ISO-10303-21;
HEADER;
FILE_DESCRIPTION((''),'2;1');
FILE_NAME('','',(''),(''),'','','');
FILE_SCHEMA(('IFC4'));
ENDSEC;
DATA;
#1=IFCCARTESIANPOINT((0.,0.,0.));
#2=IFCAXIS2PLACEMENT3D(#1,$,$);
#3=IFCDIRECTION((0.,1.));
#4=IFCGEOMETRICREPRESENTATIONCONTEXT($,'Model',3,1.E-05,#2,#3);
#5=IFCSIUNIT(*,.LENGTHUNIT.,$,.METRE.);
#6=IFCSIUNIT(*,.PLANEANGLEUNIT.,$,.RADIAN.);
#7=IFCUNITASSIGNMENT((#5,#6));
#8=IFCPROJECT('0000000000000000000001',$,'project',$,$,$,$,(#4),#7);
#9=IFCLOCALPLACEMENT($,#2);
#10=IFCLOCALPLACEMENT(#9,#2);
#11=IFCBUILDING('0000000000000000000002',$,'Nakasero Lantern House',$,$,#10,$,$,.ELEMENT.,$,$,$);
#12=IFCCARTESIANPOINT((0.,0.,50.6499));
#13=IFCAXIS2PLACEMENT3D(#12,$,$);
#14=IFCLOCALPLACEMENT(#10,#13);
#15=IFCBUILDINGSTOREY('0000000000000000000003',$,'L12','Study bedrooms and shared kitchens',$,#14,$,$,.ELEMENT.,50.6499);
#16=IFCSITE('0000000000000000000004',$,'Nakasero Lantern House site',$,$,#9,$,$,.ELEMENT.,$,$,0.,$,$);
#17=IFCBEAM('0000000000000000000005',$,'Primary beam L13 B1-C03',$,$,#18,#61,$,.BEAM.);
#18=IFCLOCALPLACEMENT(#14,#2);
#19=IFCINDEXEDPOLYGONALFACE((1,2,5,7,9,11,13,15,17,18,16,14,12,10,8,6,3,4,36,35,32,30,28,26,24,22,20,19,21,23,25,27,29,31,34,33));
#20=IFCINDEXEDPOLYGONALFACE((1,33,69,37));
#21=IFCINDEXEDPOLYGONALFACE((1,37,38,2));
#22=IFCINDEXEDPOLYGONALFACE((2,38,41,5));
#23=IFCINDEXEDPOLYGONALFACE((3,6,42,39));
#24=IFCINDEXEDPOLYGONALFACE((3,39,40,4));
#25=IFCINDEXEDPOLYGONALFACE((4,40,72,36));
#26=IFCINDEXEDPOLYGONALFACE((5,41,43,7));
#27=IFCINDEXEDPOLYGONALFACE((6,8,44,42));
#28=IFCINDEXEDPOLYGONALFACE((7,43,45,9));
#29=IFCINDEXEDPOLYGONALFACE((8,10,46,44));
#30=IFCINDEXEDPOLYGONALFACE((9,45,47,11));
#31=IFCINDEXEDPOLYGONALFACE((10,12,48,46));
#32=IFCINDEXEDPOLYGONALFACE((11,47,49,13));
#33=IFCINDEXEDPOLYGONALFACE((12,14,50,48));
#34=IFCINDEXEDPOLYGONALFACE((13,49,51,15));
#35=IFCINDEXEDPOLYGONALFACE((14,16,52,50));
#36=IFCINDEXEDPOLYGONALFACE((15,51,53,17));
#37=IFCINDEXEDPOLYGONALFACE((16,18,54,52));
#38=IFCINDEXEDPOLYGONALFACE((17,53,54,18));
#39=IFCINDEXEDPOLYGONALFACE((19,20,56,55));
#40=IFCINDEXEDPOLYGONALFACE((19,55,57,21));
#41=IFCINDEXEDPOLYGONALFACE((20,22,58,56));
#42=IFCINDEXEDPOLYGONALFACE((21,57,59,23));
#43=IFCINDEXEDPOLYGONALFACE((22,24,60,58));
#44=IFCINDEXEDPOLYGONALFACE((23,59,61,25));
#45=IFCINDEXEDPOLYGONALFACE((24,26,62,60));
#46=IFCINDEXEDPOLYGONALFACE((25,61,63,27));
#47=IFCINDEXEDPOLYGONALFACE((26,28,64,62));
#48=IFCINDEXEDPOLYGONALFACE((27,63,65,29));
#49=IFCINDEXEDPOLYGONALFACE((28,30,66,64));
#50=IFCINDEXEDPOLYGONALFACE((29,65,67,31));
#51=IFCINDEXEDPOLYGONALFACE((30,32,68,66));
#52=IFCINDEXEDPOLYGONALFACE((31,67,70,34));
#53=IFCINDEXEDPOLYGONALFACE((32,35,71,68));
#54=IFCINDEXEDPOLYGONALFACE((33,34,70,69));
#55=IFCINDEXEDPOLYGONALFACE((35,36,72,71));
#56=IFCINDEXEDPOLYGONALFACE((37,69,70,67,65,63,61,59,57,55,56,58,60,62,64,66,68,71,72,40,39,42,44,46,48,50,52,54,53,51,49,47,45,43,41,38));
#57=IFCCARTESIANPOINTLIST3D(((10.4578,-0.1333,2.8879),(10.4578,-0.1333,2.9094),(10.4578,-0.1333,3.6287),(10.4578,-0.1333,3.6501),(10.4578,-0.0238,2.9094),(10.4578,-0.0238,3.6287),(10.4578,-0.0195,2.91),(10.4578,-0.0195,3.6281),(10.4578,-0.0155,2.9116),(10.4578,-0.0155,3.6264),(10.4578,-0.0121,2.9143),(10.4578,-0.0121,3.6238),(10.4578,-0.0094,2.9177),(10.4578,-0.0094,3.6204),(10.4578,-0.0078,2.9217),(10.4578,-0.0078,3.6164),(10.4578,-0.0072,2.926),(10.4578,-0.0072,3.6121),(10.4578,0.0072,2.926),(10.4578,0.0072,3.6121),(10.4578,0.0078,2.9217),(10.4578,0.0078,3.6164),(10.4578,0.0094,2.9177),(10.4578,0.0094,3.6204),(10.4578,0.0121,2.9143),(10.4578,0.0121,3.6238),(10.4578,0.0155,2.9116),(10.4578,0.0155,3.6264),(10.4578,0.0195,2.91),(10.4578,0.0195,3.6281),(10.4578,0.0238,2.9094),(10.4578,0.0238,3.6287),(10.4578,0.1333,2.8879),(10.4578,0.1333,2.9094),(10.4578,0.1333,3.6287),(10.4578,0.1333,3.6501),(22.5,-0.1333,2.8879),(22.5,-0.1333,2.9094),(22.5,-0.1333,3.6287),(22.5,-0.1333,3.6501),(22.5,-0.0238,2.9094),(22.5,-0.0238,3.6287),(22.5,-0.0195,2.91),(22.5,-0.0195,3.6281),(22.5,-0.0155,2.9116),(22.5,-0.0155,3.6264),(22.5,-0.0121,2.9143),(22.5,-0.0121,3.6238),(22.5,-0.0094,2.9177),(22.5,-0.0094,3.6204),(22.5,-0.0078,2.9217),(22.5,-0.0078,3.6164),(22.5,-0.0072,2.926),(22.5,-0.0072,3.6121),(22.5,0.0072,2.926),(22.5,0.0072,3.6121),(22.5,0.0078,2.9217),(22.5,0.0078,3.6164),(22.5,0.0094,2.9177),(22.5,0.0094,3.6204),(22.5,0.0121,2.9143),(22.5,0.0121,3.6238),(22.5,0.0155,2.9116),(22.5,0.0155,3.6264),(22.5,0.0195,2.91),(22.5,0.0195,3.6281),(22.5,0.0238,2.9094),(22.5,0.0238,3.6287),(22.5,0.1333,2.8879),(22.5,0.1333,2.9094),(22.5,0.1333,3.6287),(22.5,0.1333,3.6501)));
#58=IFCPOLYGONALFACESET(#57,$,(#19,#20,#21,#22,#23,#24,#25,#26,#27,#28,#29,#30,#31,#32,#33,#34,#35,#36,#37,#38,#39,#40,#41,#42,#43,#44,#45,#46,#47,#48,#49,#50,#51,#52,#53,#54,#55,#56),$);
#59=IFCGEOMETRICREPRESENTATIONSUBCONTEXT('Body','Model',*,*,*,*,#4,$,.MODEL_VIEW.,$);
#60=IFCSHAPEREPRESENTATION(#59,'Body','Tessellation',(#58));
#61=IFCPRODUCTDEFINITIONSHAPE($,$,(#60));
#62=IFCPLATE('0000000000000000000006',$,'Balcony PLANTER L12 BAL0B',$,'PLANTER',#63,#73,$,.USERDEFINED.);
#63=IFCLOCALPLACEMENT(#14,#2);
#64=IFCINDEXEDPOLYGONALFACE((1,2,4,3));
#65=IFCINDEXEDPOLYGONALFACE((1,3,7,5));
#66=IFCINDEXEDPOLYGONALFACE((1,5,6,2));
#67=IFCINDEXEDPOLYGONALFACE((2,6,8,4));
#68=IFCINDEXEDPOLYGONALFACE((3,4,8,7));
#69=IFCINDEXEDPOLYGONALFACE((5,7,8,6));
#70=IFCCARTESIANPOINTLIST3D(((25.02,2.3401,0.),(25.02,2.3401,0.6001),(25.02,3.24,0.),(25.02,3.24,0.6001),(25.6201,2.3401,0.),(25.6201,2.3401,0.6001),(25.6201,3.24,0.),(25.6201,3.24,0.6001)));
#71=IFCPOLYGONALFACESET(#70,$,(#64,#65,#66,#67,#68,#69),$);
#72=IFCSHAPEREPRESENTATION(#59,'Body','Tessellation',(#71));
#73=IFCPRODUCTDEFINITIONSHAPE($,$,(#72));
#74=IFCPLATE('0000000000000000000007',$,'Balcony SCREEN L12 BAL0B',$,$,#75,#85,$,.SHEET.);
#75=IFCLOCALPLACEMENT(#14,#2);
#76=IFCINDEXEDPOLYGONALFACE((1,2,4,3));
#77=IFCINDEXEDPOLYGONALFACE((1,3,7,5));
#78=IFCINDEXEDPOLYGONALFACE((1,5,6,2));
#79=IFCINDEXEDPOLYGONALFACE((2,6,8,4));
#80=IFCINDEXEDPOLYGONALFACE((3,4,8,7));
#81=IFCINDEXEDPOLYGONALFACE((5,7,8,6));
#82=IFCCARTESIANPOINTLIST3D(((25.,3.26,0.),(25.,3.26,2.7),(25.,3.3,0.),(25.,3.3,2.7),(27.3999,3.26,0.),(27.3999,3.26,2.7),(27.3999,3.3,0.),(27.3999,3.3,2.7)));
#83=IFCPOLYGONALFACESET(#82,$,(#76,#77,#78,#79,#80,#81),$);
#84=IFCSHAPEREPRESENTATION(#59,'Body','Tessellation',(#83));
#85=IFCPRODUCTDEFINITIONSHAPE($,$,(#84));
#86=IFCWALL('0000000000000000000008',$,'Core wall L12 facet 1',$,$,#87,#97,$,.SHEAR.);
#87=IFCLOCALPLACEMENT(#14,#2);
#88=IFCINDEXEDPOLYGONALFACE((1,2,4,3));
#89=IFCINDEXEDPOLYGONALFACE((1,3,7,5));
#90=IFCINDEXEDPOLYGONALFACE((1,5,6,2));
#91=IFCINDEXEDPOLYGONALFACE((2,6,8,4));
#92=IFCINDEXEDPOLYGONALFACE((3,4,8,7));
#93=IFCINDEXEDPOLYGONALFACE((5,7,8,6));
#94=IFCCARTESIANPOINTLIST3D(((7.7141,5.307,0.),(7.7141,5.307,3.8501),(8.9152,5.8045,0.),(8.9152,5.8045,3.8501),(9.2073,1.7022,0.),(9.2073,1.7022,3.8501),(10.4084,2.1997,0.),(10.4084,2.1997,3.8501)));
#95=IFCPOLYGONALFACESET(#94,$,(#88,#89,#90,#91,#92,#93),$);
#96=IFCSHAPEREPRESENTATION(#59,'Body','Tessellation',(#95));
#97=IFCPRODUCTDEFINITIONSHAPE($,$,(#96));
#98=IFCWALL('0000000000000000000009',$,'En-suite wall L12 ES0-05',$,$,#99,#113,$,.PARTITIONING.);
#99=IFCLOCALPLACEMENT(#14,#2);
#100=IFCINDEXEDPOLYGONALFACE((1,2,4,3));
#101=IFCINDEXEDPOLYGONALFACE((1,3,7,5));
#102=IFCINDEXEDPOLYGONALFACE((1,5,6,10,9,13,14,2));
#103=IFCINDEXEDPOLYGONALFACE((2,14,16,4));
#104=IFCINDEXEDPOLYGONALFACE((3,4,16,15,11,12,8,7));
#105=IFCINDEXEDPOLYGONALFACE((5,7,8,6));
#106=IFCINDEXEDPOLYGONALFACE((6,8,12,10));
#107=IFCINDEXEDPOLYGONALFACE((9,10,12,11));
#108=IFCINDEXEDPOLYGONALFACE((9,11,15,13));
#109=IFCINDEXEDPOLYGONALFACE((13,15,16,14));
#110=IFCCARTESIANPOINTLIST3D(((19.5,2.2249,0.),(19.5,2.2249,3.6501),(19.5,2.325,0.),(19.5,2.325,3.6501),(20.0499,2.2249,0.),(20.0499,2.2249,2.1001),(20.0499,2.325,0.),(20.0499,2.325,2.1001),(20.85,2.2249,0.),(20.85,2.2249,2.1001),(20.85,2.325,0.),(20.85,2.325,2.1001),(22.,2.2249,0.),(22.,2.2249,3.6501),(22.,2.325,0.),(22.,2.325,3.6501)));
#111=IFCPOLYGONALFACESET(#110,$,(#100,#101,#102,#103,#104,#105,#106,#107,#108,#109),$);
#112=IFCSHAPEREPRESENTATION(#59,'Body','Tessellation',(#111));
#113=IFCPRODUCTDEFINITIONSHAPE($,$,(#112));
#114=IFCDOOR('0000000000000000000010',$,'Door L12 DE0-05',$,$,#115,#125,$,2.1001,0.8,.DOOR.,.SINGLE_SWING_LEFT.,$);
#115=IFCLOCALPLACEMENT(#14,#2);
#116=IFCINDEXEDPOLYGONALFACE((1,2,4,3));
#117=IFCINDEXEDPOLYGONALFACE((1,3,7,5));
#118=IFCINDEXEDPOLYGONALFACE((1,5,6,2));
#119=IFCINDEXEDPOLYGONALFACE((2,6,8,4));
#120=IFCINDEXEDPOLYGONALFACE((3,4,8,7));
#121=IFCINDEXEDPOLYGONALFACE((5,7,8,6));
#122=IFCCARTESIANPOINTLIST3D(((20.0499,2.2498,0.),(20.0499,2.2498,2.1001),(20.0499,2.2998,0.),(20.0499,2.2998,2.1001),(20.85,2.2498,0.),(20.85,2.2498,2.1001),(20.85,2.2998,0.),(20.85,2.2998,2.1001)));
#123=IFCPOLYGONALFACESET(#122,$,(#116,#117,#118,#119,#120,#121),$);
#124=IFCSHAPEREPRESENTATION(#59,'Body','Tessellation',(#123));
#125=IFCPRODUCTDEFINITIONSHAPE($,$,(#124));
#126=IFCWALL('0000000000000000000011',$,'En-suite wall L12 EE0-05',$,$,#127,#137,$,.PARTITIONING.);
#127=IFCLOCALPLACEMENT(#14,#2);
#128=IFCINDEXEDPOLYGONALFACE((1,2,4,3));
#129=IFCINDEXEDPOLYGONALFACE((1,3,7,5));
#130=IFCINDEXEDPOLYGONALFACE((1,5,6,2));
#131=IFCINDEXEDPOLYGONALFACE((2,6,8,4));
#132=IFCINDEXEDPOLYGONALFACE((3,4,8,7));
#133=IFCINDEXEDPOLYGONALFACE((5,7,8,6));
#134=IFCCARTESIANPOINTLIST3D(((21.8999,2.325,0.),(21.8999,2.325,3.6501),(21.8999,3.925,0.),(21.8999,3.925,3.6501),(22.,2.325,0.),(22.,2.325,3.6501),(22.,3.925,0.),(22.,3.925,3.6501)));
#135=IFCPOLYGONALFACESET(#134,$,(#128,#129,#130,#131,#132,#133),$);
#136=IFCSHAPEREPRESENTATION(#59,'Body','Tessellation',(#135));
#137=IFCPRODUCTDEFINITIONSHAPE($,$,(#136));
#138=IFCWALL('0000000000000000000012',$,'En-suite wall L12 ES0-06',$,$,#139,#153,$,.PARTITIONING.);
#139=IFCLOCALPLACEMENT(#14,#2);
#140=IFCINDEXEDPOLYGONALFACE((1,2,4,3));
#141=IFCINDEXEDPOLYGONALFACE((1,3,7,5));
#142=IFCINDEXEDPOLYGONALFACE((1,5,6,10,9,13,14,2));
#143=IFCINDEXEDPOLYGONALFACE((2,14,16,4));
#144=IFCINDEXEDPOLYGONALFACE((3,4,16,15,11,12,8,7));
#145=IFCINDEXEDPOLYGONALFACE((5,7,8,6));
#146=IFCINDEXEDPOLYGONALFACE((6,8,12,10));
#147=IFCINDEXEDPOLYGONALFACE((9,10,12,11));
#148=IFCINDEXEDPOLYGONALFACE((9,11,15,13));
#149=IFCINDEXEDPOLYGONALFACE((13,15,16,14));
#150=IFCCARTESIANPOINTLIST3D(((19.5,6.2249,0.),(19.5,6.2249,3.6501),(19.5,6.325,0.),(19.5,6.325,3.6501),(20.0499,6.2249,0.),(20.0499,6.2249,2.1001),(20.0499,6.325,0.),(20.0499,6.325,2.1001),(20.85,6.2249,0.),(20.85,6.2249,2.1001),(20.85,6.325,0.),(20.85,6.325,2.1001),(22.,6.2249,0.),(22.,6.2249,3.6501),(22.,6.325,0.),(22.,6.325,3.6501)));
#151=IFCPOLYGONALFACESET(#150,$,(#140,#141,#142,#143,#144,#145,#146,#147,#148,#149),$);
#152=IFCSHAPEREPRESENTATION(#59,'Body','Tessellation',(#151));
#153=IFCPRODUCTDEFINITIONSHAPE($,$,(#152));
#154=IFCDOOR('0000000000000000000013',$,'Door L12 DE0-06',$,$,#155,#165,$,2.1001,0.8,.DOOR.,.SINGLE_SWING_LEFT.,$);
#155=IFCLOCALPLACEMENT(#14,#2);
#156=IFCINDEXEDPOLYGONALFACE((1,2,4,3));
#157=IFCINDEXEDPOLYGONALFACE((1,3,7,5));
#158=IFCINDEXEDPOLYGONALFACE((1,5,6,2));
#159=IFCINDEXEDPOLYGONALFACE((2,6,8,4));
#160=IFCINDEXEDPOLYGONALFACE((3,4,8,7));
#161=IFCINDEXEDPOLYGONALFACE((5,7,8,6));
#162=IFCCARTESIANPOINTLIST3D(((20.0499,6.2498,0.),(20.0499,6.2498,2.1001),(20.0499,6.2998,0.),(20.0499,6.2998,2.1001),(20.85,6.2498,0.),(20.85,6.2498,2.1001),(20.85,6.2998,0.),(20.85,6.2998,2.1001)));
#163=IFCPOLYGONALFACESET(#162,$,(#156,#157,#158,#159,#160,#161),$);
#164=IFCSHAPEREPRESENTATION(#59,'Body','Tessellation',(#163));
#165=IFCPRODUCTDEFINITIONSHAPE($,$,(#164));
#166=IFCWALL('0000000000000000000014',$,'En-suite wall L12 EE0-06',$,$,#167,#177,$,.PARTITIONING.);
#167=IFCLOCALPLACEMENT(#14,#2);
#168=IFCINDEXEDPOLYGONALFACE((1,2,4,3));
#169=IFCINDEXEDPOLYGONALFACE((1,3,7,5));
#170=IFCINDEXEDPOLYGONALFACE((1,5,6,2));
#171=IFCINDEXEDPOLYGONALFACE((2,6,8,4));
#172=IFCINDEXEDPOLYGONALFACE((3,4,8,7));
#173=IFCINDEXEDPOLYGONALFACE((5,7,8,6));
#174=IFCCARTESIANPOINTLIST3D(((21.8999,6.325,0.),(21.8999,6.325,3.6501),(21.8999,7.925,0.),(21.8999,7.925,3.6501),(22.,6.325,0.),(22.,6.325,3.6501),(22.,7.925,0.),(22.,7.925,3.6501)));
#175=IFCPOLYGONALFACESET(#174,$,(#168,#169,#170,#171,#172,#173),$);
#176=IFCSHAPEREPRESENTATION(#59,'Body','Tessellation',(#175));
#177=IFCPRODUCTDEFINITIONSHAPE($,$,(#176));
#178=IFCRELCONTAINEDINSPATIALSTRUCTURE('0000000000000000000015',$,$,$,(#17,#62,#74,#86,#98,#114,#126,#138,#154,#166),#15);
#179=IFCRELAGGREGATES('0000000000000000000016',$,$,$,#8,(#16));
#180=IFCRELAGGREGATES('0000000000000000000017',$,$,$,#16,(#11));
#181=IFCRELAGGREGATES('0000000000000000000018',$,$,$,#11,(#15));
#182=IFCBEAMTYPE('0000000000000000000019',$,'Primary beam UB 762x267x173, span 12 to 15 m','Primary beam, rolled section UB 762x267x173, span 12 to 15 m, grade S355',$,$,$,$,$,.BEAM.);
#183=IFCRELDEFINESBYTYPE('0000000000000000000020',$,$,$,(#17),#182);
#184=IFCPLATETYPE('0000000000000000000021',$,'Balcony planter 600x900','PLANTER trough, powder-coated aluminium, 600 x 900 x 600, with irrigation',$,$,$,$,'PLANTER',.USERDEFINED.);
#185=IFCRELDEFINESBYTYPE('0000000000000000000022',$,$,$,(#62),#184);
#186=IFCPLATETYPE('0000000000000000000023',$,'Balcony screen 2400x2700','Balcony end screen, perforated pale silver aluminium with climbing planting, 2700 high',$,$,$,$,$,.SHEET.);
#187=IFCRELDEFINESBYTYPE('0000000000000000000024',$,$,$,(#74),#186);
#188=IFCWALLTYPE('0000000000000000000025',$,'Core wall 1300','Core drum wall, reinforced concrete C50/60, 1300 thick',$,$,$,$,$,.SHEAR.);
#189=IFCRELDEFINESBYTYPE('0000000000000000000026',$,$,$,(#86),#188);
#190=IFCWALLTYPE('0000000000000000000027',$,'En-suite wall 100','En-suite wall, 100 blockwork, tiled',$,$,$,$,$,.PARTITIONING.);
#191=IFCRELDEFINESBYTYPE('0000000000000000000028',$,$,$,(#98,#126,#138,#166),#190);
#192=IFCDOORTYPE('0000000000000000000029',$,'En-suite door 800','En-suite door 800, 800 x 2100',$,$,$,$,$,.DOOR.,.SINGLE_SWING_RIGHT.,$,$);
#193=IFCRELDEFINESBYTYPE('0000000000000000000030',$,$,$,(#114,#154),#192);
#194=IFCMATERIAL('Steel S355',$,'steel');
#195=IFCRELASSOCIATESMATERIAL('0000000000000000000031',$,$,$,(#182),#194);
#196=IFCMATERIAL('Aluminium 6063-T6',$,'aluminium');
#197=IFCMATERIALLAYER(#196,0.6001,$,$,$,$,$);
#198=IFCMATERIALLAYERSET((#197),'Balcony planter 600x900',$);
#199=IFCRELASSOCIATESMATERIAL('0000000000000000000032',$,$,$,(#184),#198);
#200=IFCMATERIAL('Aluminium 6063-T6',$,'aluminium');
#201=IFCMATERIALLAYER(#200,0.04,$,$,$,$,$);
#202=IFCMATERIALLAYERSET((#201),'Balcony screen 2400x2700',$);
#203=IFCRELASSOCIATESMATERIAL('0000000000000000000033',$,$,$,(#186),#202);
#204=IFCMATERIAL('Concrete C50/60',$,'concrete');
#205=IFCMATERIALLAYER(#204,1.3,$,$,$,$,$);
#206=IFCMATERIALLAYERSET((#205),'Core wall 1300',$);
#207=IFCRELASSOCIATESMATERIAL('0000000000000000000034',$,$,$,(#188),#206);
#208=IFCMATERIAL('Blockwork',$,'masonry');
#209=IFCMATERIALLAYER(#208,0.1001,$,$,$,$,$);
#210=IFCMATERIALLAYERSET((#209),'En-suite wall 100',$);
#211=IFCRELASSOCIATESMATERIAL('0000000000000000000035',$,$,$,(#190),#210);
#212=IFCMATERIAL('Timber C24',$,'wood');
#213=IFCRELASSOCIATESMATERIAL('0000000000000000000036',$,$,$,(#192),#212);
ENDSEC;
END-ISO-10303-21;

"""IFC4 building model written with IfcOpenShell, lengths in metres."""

from ifc_helpers import new_model, si_unit, direction, frame, frame_2d, origin, origin_2d, place, context, subcontext, project, spatial, rectangle, i_section, extrude, material, layer, layer_set, material_profile, profile_set, type_object, element, fill, save


model = new_model("IFC4")

# Units and contexts
model_context = context("Model", 3, precision=1e-05, world=origin(), true_north=direction((0.0, 1.0)))
body_context = subcontext(model_context, "Body", "Model", "MODEL_VIEW")
ifc_project = project(units=[si_unit("LENGTHUNIT", "METRE"), si_unit("PLANEANGLEUNIT", "RADIAN")], contexts=[model_context])

# Site, building, storey
site_placement = place(None, origin())
site = spatial("IfcSite", under=ifc_project, at=site_placement, Name="Nakasero Lantern House site", CompositionType="ELEMENT", RefElevation=0.0)
building_placement = place(site_placement, origin())
building = spatial("IfcBuilding", under=site, at=building_placement, Name="Nakasero Lantern House", CompositionType="ELEMENT")
storey_placement = place(building_placement, frame((0.0, 0.0, 50.6499)))
storey = spatial("IfcBuildingStorey", under=building, at=storey_placement, Name="L12", Description="Study bedrooms and shared kitchens", CompositionType="ELEMENT", Elevation=50.6499)

# Beam
ifc_material_1 = material(Name="Steel S355", Category="steel")
ifc_material_profile_1 = material_profile(ifc_material_1, i_section(OverallWidth=0.2666, OverallDepth=0.7622, WebThickness=0.0144, FlangeThickness=0.0215, FilletRadius=0.0166, at=origin_2d()), Name="UB 762x267x173")
ifc_profile_set_1 = profile_set([ifc_material_profile_1], Name="Steel S355")
beam_type_1 = type_object("IfcBeamType", Name="Primary beam UB 762x267x173, span 12 to 15 m", Description="Primary beam, rolled section UB 762x267x173, span 12 to 15 m, grade S355", PredefinedType="BEAM", material=ifc_profile_set_1)
beam_1_placement = place(storey_placement, frame((22.5, 0.0, 3.269), z_axis=(-1.0, 0.0, 0.0), x_axis=(0.0, -1.0, 0.0)))
element("IfcBeam", 1, at=beam_1_placement, inside=storey, type_object=beam_type_1, Name="Primary beam L13 B1-C03", PredefinedType="BEAM", context=body_context, shape_type="SweptSolid", body=[
    extrude(i_section(OverallWidth=0.2666, OverallDepth=0.7622, WebThickness=0.0144, FlangeThickness=0.0215, FilletRadius=0.0166, at=origin_2d()), origin(), (0.0, 0.0, 1.0), 12.0422),
])

# Plates
ifc_material_2 = material(Name="Aluminium 6063-T6", Category="aluminium")
ifc_layer_1 = layer(ifc_material_2, 0.6001)
ifc_layer_set_1 = layer_set([ifc_layer_1], Name="Balcony planter 600x900")
plate_type_1 = type_object("IfcPlateType", Name="Balcony planter 600x900", Description="PLANTER trough, powder-coated aluminium, 600 x 900 x 600, with irrigation", ElementType="PLANTER", PredefinedType="USERDEFINED", material=ifc_layer_set_1)
plate_1_placement = place(storey_placement, frame((25.3201, 2.79, 0.0), z_axis=(0.0, 0.0, 1.0), x_axis=(1.0, 0.0, 0.0)))
element("IfcPlate", 2, at=plate_1_placement, inside=storey, type_object=plate_type_1, Name="Balcony PLANTER L12 BAL0B", ObjectType="PLANTER", PredefinedType="USERDEFINED", context=body_context, shape_type="SweptSolid", body=[
    extrude(rectangle(XDim=0.6001, YDim=0.8999, at=origin_2d()), origin(), (0.0, 0.0, 1.0), 0.6001),
])
ifc_material_3 = material(Name="Aluminium 6063-T6", Category="aluminium")
ifc_layer_2 = layer(ifc_material_3, 0.04)
ifc_layer_set_2 = layer_set([ifc_layer_2], Name="Balcony screen 2400x2700")
plate_type_2 = type_object("IfcPlateType", Name="Balcony screen 2400x2700", Description="Balcony end screen, perforated pale silver aluminium with climbing planting, 2700 high", PredefinedType="SHEET", material=ifc_layer_set_2)
plate_2_placement = place(storey_placement, frame((26.2, 3.28, 0.0), z_axis=(0.0, 0.0, 1.0), x_axis=(1.0, 0.0, 0.0)))
element("IfcPlate", 3, at=plate_2_placement, inside=storey, type_object=plate_type_2, Name="Balcony SCREEN L12 BAL0B", PredefinedType="SHEET", context=body_context, shape_type="SweptSolid", body=[
    extrude(rectangle(XDim=2.3999, YDim=0.04, at=origin_2d()), origin(), (0.0, 0.0, 1.0), 2.7),
])

# Wall
ifc_material_4 = material(Name="Concrete C50/60", Category="concrete")
ifc_layer_3 = layer(ifc_material_4, 1.3)
ifc_layer_set_3 = layer_set([ifc_layer_3], Name="Core wall 1300")
wall_type_1 = type_object("IfcWallType", Name="Core wall 1300", Description="Core drum wall, reinforced concrete C50/60, 1300 thick", PredefinedType="SHEAR", material=ifc_layer_set_3)
wall_1_placement = place(storey_placement, frame((9.8079, 1.9509, 0.0), z_axis=(0.0, 0.0, 1.0), x_axis=(-0.382691, 0.923877, 0.0)))
element("IfcWall", 4, at=wall_1_placement, inside=storey, type_object=wall_type_1, Name="Core wall L12 facet 1", PredefinedType="SHEAR", context=body_context, shape_type="SweptSolid", body=[
    extrude(rectangle(XDim=3.9019, YDim=1.3, at=frame_2d((1.9509, 0.0))), origin(), (0.0, 0.0, 1.0), 3.8501),
])

# Wall, opening, door
ifc_material_5 = material(Name="Blockwork", Category="masonry")
ifc_layer_4 = layer(ifc_material_5, 0.1001)
ifc_layer_set_4 = layer_set([ifc_layer_4], Name="En-suite wall 100")
wall_type_2 = type_object("IfcWallType", Name="En-suite wall 100", Description="En-suite wall, 100 blockwork, tiled", PredefinedType="PARTITIONING", material=ifc_layer_set_4)
wall_2_placement = place(storey_placement, frame((19.5, 2.2749, 0.0), z_axis=(0.0, 0.0, 1.0), x_axis=(1.0, 0.0, 0.0)))
wall_2 = element("IfcWall", 5, at=wall_2_placement, inside=storey, type_object=wall_type_2, Name="En-suite wall L12 ES0-05", PredefinedType="PARTITIONING", context=body_context, shape_type="SweptSolid", body=[
    extrude(rectangle(XDim=2.5, YDim=0.1001, at=frame_2d((1.25, 0.0))), origin(), (0.0, 0.0, 1.0), 3.6501),
])
opening_1_placement = place(wall_2_placement, frame((0.55, 0.0, 0.0)))
opening_1 = element("IfcOpeningElement", 6, at=opening_1_placement, cuts=wall_2, PredefinedType="OPENING", context=body_context, shape_type="SweptSolid", body=[
    extrude(rectangle(XDim=0.8, YDim=2.1001, at=frame_2d((0.3999, 1.05))), frame((0.0, 0.0701, 0.0), z_axis=(0.0, -1.0, 0.0), x_axis=(1.0, 0.0, 0.0)), (0.0, 0.0, 1.0), 0.1401),
])
ifc_material_6 = material(Name="Timber C24", Category="wood")
door_type = type_object("IfcDoorType", Name="En-suite door 800", Description="En-suite door 800, 800 x 2100", OperationType="SINGLE_SWING_RIGHT", PredefinedType="DOOR", material=ifc_material_6)
door_1_placement = place(opening_1_placement, origin())
door_1 = element("IfcDoor", 7, at=door_1_placement, inside=storey, type_object=door_type, Name="Door L12 DE0-05", OperationType="SINGLE_SWING_LEFT", OverallHeight=2.1001, OverallWidth=0.8, PredefinedType="DOOR", context=body_context, shape_type="SweptSolid", body=[
    extrude(rectangle(XDim=0.8, YDim=2.1001, at=frame_2d((0.3999, 1.05))), frame((0.0, 0.0249, 0.0), z_axis=(0.0, -1.0, 0.0), x_axis=(1.0, 0.0, 0.0)), (0.0, 0.0, 1.0), 0.05),
])
fill(opening_1, door_1)

# Wall
wall_3_placement = place(storey_placement, frame((21.95, 2.325, 0.0), z_axis=(0.0, 0.0, 1.0), x_axis=(0.0, 1.0, 0.0)))
element("IfcWall", 8, at=wall_3_placement, inside=storey, type_object=wall_type_2, Name="En-suite wall L12 EE0-05", PredefinedType="PARTITIONING", context=body_context, shape_type="SweptSolid", body=[
    extrude(rectangle(XDim=1.6001, YDim=0.1001, at=frame_2d((0.8, 0.0))), origin(), (0.0, 0.0, 1.0), 3.6501),
])

# Wall, opening, door
wall_4_placement = place(storey_placement, frame((19.5, 6.2749, 0.0), z_axis=(0.0, 0.0, 1.0), x_axis=(1.0, 0.0, 0.0)))
wall_4 = element("IfcWall", 9, at=wall_4_placement, inside=storey, type_object=wall_type_2, Name="En-suite wall L12 ES0-06", PredefinedType="PARTITIONING", context=body_context, shape_type="SweptSolid", body=[
    extrude(rectangle(XDim=2.5, YDim=0.1001, at=frame_2d((1.25, 0.0))), origin(), (0.0, 0.0, 1.0), 3.6501),
])
opening_2_placement = place(wall_4_placement, frame((0.55, 0.0, 0.0)))
opening_2 = element("IfcOpeningElement", 10, at=opening_2_placement, cuts=wall_4, PredefinedType="OPENING", context=body_context, shape_type="SweptSolid", body=[
    extrude(rectangle(XDim=0.8, YDim=2.1001, at=frame_2d((0.3999, 1.05))), frame((0.0, 0.0701, 0.0), z_axis=(0.0, -1.0, 0.0), x_axis=(1.0, 0.0, 0.0)), (0.0, 0.0, 1.0), 0.1401),
])
door_2_placement = place(opening_2_placement, origin())
door_2 = element("IfcDoor", 11, at=door_2_placement, inside=storey, type_object=door_type, Name="Door L12 DE0-06", OperationType="SINGLE_SWING_LEFT", OverallHeight=2.1001, OverallWidth=0.8, PredefinedType="DOOR", context=body_context, shape_type="SweptSolid", body=[
    extrude(rectangle(XDim=0.8, YDim=2.1001, at=frame_2d((0.3999, 1.05))), frame((0.0, 0.0249, 0.0), z_axis=(0.0, -1.0, 0.0), x_axis=(1.0, 0.0, 0.0)), (0.0, 0.0, 1.0), 0.05),
])
fill(opening_2, door_2)

# Wall
wall_5_placement = place(storey_placement, frame((21.95, 6.325, 0.0), z_axis=(0.0, 0.0, 1.0), x_axis=(0.0, 1.0, 0.0)))
element("IfcWall", 12, at=wall_5_placement, inside=storey, type_object=wall_type_2, Name="En-suite wall L12 EE0-06", PredefinedType="PARTITIONING", context=body_context, shape_type="SweptSolid", body=[
    extrude(rectangle(XDim=1.6001, YDim=0.1001, at=frame_2d((0.8, 0.0))), origin(), (0.0, 0.0, 1.0), 3.6501),
])

save(model, "model.ifc")
